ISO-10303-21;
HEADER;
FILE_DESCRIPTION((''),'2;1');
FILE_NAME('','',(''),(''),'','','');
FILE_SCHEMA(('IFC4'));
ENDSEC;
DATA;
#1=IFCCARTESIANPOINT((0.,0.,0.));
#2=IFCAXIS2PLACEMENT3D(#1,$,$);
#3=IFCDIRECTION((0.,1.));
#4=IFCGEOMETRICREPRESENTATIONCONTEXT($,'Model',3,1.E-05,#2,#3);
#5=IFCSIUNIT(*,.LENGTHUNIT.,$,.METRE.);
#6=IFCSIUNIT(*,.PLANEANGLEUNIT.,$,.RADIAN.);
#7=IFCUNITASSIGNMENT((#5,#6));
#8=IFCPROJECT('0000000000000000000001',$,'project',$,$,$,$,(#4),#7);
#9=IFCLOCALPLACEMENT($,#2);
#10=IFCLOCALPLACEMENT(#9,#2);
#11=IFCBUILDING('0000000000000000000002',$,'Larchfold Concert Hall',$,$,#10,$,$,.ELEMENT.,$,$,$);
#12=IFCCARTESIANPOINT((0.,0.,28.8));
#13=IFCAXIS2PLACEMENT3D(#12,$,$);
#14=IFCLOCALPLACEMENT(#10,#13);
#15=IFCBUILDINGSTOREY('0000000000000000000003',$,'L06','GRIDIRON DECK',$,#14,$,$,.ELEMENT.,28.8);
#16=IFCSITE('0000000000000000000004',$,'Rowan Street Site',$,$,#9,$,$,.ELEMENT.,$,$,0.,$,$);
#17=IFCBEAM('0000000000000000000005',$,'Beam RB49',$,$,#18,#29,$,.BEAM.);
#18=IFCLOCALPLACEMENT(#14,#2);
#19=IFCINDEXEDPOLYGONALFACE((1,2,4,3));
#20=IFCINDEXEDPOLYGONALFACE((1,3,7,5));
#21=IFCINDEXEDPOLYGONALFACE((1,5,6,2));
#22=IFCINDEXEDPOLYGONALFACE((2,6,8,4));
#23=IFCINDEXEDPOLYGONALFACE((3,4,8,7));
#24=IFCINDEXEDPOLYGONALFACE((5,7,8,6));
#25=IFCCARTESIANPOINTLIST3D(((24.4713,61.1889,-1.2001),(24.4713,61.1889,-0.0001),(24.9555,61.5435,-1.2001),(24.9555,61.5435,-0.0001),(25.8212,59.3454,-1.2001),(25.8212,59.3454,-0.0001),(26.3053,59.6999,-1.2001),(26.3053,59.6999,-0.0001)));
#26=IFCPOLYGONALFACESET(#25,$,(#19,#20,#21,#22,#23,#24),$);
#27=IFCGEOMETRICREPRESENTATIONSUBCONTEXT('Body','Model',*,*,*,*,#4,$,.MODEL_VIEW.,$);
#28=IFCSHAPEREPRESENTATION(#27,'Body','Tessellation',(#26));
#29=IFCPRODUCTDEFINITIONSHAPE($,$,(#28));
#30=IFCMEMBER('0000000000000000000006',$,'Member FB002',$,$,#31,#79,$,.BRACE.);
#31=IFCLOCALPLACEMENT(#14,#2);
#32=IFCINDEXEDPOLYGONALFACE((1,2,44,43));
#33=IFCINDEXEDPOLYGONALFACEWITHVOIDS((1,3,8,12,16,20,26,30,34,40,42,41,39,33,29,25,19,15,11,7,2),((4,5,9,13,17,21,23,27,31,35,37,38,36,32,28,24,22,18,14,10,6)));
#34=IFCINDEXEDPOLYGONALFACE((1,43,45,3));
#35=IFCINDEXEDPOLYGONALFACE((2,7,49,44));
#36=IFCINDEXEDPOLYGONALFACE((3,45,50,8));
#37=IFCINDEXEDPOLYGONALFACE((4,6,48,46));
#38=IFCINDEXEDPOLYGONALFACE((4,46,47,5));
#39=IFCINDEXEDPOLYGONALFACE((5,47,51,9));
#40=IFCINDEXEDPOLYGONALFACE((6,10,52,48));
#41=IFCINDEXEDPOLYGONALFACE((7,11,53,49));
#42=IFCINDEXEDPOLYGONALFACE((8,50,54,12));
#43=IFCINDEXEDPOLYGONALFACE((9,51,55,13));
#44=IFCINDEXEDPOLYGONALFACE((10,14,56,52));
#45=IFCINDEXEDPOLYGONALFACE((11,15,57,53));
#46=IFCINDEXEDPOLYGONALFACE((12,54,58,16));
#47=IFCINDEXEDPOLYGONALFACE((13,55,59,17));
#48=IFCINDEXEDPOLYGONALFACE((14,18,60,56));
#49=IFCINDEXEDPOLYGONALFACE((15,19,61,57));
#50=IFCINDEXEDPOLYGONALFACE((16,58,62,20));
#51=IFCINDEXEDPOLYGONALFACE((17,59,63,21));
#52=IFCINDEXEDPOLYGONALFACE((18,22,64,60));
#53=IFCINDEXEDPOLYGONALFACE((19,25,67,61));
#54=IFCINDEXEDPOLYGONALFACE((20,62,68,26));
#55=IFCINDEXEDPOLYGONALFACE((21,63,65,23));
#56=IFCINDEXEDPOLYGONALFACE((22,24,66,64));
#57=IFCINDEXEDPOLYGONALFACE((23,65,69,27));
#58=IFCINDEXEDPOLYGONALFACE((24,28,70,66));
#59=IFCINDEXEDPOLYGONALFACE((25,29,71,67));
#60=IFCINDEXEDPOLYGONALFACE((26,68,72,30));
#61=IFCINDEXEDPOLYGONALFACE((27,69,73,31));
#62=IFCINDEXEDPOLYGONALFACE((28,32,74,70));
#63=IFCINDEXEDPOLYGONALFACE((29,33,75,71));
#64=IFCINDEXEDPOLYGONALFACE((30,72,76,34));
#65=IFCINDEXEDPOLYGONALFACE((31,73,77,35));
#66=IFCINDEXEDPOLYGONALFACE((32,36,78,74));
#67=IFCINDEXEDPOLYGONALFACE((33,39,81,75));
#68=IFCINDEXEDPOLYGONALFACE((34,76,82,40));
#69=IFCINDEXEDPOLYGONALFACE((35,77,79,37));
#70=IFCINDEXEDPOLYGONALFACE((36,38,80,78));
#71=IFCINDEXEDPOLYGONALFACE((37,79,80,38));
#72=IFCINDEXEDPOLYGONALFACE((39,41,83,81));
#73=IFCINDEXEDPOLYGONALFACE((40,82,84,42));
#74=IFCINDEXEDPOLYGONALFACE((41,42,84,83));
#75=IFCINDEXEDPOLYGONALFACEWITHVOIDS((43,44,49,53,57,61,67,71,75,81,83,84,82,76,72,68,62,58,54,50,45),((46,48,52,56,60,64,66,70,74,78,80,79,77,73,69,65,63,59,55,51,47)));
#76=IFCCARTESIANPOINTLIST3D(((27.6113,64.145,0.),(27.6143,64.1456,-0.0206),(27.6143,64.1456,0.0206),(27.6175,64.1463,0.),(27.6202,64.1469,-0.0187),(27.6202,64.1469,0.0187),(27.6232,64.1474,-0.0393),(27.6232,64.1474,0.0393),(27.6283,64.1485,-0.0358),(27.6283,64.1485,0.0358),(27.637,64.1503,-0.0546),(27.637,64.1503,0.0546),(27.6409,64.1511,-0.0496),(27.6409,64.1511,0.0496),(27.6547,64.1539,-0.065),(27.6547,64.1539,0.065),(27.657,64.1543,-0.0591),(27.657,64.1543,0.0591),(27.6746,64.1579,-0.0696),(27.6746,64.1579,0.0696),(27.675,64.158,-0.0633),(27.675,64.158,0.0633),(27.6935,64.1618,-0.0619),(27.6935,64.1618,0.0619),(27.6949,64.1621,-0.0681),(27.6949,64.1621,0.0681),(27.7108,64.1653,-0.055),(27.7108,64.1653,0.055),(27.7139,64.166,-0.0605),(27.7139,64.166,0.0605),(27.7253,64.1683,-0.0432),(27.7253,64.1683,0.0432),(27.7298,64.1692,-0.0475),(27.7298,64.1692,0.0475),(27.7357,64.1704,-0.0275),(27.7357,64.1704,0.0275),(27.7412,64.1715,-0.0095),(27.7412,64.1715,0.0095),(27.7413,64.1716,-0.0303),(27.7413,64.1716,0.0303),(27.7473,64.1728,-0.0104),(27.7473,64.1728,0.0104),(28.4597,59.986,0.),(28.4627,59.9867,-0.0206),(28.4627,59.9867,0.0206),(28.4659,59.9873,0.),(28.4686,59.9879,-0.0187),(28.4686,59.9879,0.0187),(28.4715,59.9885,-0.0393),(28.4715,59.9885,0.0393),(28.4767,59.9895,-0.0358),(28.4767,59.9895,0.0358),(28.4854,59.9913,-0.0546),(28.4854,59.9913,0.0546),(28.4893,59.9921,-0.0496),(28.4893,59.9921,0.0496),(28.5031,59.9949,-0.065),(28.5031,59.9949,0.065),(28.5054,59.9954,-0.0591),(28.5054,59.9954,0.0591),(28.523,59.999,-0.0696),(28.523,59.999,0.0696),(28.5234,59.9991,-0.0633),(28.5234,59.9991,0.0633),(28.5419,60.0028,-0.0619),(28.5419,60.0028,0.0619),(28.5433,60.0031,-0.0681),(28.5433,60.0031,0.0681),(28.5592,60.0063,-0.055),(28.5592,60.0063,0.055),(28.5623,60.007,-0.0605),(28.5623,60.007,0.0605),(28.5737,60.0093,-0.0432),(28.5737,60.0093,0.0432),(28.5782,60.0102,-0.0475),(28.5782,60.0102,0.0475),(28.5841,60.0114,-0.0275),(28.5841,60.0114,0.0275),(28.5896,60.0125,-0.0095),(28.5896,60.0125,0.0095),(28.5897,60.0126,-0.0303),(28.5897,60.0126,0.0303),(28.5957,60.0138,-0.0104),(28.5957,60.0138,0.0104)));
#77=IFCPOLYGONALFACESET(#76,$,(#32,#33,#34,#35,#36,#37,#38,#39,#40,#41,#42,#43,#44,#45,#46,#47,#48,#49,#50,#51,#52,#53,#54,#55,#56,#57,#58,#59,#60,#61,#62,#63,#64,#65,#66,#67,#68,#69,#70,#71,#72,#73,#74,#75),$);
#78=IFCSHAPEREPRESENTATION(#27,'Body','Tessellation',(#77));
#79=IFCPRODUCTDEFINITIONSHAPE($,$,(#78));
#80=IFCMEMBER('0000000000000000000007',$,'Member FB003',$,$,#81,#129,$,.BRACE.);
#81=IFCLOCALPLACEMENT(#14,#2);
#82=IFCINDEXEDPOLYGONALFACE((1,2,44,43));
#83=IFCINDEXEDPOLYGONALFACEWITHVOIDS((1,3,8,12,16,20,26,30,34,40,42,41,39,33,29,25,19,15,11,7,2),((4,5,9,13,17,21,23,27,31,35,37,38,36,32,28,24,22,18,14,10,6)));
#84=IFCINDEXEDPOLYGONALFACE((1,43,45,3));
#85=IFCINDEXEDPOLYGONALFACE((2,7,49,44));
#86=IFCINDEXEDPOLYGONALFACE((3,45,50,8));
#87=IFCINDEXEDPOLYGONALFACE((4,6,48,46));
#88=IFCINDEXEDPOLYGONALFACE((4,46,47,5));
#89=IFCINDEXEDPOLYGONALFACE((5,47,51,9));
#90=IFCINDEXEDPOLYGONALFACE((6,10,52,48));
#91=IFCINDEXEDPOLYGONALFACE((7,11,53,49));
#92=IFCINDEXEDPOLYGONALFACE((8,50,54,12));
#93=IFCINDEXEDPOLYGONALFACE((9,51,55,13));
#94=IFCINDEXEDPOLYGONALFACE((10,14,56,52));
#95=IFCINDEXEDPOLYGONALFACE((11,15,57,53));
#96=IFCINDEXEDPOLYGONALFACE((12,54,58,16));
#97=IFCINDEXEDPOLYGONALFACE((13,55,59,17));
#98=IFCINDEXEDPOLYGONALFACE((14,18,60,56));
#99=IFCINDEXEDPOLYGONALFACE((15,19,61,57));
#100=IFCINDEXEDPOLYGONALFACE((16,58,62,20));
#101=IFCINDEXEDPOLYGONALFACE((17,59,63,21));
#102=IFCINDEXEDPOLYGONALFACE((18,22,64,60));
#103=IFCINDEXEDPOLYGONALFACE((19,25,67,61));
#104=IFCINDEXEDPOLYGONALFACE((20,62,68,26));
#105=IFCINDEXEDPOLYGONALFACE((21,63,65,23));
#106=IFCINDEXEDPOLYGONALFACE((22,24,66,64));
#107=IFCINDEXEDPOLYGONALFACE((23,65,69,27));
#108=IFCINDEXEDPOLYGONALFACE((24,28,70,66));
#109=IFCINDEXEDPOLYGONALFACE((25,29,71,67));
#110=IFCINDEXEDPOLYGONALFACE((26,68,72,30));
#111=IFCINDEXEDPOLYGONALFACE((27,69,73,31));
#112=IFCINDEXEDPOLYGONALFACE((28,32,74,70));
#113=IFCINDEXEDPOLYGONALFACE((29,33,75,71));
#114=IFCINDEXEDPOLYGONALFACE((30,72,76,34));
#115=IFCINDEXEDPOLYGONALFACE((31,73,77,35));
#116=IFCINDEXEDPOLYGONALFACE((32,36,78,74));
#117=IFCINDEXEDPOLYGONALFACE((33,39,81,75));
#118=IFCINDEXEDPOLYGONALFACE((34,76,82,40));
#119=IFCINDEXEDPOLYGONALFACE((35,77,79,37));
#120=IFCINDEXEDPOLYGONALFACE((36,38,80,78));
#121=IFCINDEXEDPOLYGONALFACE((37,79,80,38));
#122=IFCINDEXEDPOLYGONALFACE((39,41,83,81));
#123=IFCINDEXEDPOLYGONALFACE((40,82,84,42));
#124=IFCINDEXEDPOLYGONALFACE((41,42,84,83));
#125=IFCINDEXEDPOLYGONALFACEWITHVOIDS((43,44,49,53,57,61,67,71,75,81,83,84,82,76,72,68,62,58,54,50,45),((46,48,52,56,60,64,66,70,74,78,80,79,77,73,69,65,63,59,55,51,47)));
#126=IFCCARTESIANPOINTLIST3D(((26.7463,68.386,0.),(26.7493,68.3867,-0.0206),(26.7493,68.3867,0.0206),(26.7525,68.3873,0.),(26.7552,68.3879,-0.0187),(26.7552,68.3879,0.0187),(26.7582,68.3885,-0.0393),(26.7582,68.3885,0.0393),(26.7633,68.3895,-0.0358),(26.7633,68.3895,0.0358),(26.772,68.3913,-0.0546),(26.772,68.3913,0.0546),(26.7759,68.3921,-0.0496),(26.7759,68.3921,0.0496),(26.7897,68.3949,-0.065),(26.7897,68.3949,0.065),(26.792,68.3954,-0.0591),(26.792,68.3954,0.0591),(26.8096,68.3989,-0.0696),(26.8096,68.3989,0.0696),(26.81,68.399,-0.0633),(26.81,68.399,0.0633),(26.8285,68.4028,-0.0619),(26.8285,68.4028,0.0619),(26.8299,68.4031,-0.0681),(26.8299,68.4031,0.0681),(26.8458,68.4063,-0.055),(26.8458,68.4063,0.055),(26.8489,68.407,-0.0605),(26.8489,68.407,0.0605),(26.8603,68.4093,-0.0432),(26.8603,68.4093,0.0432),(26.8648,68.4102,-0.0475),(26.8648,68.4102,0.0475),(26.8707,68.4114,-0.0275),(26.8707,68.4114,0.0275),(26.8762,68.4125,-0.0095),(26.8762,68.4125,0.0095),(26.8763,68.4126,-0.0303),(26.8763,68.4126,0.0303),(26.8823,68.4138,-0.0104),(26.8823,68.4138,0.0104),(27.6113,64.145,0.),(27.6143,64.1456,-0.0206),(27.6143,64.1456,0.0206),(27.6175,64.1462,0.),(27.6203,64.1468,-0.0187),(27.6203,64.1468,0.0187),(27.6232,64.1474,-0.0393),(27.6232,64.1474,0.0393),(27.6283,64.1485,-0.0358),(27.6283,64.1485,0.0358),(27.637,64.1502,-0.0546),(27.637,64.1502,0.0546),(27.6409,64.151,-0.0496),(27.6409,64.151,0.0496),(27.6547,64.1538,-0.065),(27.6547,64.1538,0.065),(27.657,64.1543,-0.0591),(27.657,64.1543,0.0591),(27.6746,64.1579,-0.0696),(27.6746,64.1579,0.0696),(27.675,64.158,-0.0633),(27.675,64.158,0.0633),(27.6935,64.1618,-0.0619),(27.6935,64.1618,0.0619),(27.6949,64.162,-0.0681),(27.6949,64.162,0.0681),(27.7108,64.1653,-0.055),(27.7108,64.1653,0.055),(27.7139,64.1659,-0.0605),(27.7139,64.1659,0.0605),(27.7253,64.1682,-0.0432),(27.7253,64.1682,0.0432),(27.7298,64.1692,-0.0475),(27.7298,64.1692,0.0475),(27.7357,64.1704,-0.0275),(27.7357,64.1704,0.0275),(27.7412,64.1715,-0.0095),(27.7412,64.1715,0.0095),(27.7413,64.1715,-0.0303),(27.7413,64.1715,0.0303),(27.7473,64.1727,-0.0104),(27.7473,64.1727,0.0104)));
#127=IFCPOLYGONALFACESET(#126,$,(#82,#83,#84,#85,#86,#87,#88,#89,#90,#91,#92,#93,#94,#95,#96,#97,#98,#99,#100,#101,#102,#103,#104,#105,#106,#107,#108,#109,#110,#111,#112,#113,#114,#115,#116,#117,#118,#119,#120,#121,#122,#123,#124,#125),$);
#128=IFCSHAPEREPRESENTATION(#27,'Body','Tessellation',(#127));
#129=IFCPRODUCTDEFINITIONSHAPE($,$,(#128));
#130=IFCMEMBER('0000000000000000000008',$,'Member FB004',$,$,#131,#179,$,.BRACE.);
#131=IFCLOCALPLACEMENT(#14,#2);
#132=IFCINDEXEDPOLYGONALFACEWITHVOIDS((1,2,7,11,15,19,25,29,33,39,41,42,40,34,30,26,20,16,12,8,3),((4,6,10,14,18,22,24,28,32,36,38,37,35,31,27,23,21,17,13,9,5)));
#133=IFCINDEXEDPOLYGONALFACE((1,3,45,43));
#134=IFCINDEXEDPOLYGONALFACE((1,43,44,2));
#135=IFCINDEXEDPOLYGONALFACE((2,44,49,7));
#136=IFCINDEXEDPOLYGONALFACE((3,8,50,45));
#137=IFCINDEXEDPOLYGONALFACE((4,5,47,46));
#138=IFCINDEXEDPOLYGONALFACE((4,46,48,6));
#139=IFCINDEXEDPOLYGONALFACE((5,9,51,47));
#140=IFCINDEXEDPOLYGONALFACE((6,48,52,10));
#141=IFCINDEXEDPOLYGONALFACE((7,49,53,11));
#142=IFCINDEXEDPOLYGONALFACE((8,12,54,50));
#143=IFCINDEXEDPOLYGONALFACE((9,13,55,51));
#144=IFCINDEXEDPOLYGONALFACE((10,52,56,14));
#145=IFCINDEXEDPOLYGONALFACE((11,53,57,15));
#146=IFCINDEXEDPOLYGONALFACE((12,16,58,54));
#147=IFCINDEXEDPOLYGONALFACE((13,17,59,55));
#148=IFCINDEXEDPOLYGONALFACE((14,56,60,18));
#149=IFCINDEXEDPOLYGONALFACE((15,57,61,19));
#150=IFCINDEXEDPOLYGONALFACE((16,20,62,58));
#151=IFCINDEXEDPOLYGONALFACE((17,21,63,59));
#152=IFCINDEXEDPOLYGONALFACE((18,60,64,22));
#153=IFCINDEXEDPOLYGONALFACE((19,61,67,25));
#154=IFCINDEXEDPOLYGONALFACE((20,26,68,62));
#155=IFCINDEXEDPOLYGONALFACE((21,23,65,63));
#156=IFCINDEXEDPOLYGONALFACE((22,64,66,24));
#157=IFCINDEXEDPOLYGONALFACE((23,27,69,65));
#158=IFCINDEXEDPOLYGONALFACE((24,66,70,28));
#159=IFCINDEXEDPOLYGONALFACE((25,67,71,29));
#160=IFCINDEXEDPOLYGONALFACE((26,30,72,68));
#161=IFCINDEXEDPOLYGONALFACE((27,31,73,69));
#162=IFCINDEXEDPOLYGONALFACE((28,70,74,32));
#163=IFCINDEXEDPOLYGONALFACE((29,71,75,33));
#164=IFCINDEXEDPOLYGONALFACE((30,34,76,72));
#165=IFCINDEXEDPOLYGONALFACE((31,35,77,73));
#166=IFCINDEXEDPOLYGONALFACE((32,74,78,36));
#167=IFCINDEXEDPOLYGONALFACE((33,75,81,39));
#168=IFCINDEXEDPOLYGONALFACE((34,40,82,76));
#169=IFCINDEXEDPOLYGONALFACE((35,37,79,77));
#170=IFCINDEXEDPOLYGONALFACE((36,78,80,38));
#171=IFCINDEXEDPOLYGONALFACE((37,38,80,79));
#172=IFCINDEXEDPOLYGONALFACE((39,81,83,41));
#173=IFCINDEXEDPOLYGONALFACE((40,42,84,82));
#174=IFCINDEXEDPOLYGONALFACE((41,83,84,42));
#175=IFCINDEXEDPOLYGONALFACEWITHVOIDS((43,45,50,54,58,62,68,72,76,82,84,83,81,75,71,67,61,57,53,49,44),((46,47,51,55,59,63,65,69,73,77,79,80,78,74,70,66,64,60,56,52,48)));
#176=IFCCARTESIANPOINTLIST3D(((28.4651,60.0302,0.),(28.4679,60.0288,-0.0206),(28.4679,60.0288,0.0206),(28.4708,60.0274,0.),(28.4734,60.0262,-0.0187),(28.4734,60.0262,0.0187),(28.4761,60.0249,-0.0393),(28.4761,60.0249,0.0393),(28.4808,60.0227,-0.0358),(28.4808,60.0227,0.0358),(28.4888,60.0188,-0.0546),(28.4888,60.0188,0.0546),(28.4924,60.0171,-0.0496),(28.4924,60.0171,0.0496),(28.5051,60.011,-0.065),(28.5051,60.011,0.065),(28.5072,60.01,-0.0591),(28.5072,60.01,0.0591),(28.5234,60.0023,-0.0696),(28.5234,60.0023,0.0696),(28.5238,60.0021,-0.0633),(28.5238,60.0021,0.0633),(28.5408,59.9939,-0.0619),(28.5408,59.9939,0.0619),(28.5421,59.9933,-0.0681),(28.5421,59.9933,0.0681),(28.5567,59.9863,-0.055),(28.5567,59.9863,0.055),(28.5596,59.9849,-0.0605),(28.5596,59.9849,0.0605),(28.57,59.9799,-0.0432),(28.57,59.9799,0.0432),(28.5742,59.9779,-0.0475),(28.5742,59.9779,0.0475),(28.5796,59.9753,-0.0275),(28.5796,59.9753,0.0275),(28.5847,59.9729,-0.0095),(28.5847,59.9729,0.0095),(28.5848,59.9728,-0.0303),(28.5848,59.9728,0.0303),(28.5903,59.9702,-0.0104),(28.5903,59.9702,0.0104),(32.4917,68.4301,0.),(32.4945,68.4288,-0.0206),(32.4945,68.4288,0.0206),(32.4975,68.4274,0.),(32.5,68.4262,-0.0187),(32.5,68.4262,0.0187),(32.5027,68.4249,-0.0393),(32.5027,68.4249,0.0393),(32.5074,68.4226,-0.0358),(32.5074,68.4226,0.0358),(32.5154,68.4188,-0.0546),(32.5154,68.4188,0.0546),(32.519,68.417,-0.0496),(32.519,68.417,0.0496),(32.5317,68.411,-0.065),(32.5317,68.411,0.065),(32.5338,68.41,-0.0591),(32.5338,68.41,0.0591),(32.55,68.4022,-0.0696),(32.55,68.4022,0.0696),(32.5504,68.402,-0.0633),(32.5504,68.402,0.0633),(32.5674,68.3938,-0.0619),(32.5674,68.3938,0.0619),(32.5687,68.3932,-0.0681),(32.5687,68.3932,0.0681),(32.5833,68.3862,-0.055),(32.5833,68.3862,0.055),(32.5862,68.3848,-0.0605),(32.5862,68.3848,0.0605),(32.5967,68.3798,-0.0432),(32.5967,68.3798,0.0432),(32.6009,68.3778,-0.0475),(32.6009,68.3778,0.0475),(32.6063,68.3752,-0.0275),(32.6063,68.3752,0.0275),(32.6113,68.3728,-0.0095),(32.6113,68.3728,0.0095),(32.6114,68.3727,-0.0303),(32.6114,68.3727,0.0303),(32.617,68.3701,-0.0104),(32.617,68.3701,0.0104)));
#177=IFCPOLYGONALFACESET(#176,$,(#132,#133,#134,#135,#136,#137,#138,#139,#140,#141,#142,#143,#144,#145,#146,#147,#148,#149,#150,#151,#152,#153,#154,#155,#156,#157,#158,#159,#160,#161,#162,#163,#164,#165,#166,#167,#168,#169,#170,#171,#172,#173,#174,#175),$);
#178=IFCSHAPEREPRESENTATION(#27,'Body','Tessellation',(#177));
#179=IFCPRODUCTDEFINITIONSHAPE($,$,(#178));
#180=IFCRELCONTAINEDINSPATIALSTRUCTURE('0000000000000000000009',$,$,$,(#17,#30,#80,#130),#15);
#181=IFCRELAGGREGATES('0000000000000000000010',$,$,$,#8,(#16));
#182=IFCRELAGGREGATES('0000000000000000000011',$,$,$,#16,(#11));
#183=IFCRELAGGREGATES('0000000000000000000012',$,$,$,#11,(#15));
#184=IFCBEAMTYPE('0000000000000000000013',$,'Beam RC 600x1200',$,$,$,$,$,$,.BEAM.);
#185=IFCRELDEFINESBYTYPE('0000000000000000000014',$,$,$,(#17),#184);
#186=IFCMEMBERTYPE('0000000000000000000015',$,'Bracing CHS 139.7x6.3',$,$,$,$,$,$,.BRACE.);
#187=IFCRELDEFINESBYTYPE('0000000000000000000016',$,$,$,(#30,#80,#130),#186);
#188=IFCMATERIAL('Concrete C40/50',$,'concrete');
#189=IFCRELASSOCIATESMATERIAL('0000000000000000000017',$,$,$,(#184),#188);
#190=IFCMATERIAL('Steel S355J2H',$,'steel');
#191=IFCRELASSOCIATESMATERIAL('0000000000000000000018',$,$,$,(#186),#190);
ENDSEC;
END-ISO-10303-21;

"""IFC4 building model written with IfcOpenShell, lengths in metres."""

from ifc_helpers import new_model, si_unit, direction, frame, origin, origin_2d, place, context, subcontext, project, spatial, rectangle, hollow_circle, extrude, material, material_profile, profile_set, type_object, element, save


model = new_model("IFC4")

# Units and contexts
model_context = context("Model", 3, precision=1e-05, world=origin(), true_north=direction((0.0, 1.0)))
body_context = subcontext(model_context, "Body", "Model", "MODEL_VIEW")
ifc_project = project(units=[si_unit("LENGTHUNIT", "METRE"), si_unit("PLANEANGLEUNIT", "RADIAN")], contexts=[model_context])

# Site, building, storey
site_placement = place(None, origin())
site = spatial("IfcSite", under=ifc_project, at=site_placement, Name="Rowan Street Site", CompositionType="ELEMENT", RefElevation=0.0)
building_placement = place(site_placement, origin())
building = spatial("IfcBuilding", under=site, at=building_placement, Name="Larchfold Concert Hall", CompositionType="ELEMENT")
storey_placement = place(building_placement, frame((0.0, 0.0, 28.8)))
storey = spatial("IfcBuildingStorey", under=building, at=storey_placement, Name="L06", Description="GRIDIRON DECK", CompositionType="ELEMENT", Elevation=28.8)

# Beam
ifc_material_1 = material(Name="Concrete C40/50", Category="concrete")
ifc_material_profile_1 = material_profile(ifc_material_1, rectangle(XDim=0.6001, YDim=1.2, at=origin_2d()))
ifc_profile_set_1 = profile_set([ifc_material_profile_1], Name="Concrete C40/50")
beam_type_1 = type_object("IfcBeamType", Name="Beam RC 600x1200", PredefinedType="BEAM", material=ifc_profile_set_1)
beam_1_placement = place(storey_placement, frame((24.7134, 61.3662, -0.6001), z_axis=(0.59078, -0.806833, 0.0), x_axis=(0.806833, 0.59078, 0.0)))
element("IfcBeam", 1, at=beam_1_placement, inside=storey, type_object=beam_type_1, Name="Beam RB49", PredefinedType="BEAM", context=body_context, shape_type="SweptSolid", body=[
    extrude(rectangle(XDim=0.6001, YDim=1.2, at=origin_2d()), origin(), (0.0, 0.0, 1.0), 2.2849),
])

# Members
ifc_material_2 = material(Name="Steel S355J2H", Category="steel")
ifc_material_profile_2 = material_profile(ifc_material_2, hollow_circle(Radius=0.0698, WallThickness=0.0063, at=origin_2d()))
ifc_profile_set_2 = profile_set([ifc_material_profile_2], Name="Steel S355J2H")
member_type_1 = type_object("IfcMemberType", Name="Bracing CHS 139.7x6.3", PredefinedType="BRACE", material=ifc_profile_set_2)
member_1_placement = place(storey_placement, frame((28.5281, 60.0, 0.0), z_axis=(-0.199875, 0.979821, 0.0), x_axis=(-0.979821, -0.199875, 0.0)))
element("IfcMember", 2, at=member_1_placement, inside=storey, type_object=member_type_1, Name="Member FB002", PredefinedType="BRACE", context=body_context, shape_type="SweptSolid", body=[
    extrude(hollow_circle(Radius=0.0698, WallThickness=0.0063, at=origin_2d()), origin(), (0.0, 0.0, 1.0), 4.2446),
])
member_2_placement = place(storey_placement, frame((27.6797, 64.1589, 0.0), z_axis=(-0.199846, 0.979827, 0.0), x_axis=(-0.979827, -0.199846, 0.0)))
element("IfcMember", 3, at=member_2_placement, inside=storey, type_object=member_type_1, Name="Member FB003", PredefinedType="BRACE", context=body_context, shape_type="SweptSolid", body=[
    extrude(hollow_circle(Radius=0.0698, WallThickness=0.0063, at=origin_2d()), origin(), (0.0, 0.0, 1.0), 4.3284),
])
member_3_placement = place(storey_placement, frame((28.5281, 60.0, 0.0), z_axis=(0.432265, 0.901747, 0.0), x_axis=(-0.901747, 0.432265, 0.0)))
element("IfcMember", 4, at=member_3_placement, inside=storey, type_object=member_type_1, Name="Member FB004", PredefinedType="BRACE", context=body_context, shape_type="SweptSolid", body=[
    extrude(hollow_circle(Radius=0.0698, WallThickness=0.0063, at=origin_2d()), origin(), (0.0, 0.0, 1.0), 9.3152),
])

save(model, "model.ifc")
